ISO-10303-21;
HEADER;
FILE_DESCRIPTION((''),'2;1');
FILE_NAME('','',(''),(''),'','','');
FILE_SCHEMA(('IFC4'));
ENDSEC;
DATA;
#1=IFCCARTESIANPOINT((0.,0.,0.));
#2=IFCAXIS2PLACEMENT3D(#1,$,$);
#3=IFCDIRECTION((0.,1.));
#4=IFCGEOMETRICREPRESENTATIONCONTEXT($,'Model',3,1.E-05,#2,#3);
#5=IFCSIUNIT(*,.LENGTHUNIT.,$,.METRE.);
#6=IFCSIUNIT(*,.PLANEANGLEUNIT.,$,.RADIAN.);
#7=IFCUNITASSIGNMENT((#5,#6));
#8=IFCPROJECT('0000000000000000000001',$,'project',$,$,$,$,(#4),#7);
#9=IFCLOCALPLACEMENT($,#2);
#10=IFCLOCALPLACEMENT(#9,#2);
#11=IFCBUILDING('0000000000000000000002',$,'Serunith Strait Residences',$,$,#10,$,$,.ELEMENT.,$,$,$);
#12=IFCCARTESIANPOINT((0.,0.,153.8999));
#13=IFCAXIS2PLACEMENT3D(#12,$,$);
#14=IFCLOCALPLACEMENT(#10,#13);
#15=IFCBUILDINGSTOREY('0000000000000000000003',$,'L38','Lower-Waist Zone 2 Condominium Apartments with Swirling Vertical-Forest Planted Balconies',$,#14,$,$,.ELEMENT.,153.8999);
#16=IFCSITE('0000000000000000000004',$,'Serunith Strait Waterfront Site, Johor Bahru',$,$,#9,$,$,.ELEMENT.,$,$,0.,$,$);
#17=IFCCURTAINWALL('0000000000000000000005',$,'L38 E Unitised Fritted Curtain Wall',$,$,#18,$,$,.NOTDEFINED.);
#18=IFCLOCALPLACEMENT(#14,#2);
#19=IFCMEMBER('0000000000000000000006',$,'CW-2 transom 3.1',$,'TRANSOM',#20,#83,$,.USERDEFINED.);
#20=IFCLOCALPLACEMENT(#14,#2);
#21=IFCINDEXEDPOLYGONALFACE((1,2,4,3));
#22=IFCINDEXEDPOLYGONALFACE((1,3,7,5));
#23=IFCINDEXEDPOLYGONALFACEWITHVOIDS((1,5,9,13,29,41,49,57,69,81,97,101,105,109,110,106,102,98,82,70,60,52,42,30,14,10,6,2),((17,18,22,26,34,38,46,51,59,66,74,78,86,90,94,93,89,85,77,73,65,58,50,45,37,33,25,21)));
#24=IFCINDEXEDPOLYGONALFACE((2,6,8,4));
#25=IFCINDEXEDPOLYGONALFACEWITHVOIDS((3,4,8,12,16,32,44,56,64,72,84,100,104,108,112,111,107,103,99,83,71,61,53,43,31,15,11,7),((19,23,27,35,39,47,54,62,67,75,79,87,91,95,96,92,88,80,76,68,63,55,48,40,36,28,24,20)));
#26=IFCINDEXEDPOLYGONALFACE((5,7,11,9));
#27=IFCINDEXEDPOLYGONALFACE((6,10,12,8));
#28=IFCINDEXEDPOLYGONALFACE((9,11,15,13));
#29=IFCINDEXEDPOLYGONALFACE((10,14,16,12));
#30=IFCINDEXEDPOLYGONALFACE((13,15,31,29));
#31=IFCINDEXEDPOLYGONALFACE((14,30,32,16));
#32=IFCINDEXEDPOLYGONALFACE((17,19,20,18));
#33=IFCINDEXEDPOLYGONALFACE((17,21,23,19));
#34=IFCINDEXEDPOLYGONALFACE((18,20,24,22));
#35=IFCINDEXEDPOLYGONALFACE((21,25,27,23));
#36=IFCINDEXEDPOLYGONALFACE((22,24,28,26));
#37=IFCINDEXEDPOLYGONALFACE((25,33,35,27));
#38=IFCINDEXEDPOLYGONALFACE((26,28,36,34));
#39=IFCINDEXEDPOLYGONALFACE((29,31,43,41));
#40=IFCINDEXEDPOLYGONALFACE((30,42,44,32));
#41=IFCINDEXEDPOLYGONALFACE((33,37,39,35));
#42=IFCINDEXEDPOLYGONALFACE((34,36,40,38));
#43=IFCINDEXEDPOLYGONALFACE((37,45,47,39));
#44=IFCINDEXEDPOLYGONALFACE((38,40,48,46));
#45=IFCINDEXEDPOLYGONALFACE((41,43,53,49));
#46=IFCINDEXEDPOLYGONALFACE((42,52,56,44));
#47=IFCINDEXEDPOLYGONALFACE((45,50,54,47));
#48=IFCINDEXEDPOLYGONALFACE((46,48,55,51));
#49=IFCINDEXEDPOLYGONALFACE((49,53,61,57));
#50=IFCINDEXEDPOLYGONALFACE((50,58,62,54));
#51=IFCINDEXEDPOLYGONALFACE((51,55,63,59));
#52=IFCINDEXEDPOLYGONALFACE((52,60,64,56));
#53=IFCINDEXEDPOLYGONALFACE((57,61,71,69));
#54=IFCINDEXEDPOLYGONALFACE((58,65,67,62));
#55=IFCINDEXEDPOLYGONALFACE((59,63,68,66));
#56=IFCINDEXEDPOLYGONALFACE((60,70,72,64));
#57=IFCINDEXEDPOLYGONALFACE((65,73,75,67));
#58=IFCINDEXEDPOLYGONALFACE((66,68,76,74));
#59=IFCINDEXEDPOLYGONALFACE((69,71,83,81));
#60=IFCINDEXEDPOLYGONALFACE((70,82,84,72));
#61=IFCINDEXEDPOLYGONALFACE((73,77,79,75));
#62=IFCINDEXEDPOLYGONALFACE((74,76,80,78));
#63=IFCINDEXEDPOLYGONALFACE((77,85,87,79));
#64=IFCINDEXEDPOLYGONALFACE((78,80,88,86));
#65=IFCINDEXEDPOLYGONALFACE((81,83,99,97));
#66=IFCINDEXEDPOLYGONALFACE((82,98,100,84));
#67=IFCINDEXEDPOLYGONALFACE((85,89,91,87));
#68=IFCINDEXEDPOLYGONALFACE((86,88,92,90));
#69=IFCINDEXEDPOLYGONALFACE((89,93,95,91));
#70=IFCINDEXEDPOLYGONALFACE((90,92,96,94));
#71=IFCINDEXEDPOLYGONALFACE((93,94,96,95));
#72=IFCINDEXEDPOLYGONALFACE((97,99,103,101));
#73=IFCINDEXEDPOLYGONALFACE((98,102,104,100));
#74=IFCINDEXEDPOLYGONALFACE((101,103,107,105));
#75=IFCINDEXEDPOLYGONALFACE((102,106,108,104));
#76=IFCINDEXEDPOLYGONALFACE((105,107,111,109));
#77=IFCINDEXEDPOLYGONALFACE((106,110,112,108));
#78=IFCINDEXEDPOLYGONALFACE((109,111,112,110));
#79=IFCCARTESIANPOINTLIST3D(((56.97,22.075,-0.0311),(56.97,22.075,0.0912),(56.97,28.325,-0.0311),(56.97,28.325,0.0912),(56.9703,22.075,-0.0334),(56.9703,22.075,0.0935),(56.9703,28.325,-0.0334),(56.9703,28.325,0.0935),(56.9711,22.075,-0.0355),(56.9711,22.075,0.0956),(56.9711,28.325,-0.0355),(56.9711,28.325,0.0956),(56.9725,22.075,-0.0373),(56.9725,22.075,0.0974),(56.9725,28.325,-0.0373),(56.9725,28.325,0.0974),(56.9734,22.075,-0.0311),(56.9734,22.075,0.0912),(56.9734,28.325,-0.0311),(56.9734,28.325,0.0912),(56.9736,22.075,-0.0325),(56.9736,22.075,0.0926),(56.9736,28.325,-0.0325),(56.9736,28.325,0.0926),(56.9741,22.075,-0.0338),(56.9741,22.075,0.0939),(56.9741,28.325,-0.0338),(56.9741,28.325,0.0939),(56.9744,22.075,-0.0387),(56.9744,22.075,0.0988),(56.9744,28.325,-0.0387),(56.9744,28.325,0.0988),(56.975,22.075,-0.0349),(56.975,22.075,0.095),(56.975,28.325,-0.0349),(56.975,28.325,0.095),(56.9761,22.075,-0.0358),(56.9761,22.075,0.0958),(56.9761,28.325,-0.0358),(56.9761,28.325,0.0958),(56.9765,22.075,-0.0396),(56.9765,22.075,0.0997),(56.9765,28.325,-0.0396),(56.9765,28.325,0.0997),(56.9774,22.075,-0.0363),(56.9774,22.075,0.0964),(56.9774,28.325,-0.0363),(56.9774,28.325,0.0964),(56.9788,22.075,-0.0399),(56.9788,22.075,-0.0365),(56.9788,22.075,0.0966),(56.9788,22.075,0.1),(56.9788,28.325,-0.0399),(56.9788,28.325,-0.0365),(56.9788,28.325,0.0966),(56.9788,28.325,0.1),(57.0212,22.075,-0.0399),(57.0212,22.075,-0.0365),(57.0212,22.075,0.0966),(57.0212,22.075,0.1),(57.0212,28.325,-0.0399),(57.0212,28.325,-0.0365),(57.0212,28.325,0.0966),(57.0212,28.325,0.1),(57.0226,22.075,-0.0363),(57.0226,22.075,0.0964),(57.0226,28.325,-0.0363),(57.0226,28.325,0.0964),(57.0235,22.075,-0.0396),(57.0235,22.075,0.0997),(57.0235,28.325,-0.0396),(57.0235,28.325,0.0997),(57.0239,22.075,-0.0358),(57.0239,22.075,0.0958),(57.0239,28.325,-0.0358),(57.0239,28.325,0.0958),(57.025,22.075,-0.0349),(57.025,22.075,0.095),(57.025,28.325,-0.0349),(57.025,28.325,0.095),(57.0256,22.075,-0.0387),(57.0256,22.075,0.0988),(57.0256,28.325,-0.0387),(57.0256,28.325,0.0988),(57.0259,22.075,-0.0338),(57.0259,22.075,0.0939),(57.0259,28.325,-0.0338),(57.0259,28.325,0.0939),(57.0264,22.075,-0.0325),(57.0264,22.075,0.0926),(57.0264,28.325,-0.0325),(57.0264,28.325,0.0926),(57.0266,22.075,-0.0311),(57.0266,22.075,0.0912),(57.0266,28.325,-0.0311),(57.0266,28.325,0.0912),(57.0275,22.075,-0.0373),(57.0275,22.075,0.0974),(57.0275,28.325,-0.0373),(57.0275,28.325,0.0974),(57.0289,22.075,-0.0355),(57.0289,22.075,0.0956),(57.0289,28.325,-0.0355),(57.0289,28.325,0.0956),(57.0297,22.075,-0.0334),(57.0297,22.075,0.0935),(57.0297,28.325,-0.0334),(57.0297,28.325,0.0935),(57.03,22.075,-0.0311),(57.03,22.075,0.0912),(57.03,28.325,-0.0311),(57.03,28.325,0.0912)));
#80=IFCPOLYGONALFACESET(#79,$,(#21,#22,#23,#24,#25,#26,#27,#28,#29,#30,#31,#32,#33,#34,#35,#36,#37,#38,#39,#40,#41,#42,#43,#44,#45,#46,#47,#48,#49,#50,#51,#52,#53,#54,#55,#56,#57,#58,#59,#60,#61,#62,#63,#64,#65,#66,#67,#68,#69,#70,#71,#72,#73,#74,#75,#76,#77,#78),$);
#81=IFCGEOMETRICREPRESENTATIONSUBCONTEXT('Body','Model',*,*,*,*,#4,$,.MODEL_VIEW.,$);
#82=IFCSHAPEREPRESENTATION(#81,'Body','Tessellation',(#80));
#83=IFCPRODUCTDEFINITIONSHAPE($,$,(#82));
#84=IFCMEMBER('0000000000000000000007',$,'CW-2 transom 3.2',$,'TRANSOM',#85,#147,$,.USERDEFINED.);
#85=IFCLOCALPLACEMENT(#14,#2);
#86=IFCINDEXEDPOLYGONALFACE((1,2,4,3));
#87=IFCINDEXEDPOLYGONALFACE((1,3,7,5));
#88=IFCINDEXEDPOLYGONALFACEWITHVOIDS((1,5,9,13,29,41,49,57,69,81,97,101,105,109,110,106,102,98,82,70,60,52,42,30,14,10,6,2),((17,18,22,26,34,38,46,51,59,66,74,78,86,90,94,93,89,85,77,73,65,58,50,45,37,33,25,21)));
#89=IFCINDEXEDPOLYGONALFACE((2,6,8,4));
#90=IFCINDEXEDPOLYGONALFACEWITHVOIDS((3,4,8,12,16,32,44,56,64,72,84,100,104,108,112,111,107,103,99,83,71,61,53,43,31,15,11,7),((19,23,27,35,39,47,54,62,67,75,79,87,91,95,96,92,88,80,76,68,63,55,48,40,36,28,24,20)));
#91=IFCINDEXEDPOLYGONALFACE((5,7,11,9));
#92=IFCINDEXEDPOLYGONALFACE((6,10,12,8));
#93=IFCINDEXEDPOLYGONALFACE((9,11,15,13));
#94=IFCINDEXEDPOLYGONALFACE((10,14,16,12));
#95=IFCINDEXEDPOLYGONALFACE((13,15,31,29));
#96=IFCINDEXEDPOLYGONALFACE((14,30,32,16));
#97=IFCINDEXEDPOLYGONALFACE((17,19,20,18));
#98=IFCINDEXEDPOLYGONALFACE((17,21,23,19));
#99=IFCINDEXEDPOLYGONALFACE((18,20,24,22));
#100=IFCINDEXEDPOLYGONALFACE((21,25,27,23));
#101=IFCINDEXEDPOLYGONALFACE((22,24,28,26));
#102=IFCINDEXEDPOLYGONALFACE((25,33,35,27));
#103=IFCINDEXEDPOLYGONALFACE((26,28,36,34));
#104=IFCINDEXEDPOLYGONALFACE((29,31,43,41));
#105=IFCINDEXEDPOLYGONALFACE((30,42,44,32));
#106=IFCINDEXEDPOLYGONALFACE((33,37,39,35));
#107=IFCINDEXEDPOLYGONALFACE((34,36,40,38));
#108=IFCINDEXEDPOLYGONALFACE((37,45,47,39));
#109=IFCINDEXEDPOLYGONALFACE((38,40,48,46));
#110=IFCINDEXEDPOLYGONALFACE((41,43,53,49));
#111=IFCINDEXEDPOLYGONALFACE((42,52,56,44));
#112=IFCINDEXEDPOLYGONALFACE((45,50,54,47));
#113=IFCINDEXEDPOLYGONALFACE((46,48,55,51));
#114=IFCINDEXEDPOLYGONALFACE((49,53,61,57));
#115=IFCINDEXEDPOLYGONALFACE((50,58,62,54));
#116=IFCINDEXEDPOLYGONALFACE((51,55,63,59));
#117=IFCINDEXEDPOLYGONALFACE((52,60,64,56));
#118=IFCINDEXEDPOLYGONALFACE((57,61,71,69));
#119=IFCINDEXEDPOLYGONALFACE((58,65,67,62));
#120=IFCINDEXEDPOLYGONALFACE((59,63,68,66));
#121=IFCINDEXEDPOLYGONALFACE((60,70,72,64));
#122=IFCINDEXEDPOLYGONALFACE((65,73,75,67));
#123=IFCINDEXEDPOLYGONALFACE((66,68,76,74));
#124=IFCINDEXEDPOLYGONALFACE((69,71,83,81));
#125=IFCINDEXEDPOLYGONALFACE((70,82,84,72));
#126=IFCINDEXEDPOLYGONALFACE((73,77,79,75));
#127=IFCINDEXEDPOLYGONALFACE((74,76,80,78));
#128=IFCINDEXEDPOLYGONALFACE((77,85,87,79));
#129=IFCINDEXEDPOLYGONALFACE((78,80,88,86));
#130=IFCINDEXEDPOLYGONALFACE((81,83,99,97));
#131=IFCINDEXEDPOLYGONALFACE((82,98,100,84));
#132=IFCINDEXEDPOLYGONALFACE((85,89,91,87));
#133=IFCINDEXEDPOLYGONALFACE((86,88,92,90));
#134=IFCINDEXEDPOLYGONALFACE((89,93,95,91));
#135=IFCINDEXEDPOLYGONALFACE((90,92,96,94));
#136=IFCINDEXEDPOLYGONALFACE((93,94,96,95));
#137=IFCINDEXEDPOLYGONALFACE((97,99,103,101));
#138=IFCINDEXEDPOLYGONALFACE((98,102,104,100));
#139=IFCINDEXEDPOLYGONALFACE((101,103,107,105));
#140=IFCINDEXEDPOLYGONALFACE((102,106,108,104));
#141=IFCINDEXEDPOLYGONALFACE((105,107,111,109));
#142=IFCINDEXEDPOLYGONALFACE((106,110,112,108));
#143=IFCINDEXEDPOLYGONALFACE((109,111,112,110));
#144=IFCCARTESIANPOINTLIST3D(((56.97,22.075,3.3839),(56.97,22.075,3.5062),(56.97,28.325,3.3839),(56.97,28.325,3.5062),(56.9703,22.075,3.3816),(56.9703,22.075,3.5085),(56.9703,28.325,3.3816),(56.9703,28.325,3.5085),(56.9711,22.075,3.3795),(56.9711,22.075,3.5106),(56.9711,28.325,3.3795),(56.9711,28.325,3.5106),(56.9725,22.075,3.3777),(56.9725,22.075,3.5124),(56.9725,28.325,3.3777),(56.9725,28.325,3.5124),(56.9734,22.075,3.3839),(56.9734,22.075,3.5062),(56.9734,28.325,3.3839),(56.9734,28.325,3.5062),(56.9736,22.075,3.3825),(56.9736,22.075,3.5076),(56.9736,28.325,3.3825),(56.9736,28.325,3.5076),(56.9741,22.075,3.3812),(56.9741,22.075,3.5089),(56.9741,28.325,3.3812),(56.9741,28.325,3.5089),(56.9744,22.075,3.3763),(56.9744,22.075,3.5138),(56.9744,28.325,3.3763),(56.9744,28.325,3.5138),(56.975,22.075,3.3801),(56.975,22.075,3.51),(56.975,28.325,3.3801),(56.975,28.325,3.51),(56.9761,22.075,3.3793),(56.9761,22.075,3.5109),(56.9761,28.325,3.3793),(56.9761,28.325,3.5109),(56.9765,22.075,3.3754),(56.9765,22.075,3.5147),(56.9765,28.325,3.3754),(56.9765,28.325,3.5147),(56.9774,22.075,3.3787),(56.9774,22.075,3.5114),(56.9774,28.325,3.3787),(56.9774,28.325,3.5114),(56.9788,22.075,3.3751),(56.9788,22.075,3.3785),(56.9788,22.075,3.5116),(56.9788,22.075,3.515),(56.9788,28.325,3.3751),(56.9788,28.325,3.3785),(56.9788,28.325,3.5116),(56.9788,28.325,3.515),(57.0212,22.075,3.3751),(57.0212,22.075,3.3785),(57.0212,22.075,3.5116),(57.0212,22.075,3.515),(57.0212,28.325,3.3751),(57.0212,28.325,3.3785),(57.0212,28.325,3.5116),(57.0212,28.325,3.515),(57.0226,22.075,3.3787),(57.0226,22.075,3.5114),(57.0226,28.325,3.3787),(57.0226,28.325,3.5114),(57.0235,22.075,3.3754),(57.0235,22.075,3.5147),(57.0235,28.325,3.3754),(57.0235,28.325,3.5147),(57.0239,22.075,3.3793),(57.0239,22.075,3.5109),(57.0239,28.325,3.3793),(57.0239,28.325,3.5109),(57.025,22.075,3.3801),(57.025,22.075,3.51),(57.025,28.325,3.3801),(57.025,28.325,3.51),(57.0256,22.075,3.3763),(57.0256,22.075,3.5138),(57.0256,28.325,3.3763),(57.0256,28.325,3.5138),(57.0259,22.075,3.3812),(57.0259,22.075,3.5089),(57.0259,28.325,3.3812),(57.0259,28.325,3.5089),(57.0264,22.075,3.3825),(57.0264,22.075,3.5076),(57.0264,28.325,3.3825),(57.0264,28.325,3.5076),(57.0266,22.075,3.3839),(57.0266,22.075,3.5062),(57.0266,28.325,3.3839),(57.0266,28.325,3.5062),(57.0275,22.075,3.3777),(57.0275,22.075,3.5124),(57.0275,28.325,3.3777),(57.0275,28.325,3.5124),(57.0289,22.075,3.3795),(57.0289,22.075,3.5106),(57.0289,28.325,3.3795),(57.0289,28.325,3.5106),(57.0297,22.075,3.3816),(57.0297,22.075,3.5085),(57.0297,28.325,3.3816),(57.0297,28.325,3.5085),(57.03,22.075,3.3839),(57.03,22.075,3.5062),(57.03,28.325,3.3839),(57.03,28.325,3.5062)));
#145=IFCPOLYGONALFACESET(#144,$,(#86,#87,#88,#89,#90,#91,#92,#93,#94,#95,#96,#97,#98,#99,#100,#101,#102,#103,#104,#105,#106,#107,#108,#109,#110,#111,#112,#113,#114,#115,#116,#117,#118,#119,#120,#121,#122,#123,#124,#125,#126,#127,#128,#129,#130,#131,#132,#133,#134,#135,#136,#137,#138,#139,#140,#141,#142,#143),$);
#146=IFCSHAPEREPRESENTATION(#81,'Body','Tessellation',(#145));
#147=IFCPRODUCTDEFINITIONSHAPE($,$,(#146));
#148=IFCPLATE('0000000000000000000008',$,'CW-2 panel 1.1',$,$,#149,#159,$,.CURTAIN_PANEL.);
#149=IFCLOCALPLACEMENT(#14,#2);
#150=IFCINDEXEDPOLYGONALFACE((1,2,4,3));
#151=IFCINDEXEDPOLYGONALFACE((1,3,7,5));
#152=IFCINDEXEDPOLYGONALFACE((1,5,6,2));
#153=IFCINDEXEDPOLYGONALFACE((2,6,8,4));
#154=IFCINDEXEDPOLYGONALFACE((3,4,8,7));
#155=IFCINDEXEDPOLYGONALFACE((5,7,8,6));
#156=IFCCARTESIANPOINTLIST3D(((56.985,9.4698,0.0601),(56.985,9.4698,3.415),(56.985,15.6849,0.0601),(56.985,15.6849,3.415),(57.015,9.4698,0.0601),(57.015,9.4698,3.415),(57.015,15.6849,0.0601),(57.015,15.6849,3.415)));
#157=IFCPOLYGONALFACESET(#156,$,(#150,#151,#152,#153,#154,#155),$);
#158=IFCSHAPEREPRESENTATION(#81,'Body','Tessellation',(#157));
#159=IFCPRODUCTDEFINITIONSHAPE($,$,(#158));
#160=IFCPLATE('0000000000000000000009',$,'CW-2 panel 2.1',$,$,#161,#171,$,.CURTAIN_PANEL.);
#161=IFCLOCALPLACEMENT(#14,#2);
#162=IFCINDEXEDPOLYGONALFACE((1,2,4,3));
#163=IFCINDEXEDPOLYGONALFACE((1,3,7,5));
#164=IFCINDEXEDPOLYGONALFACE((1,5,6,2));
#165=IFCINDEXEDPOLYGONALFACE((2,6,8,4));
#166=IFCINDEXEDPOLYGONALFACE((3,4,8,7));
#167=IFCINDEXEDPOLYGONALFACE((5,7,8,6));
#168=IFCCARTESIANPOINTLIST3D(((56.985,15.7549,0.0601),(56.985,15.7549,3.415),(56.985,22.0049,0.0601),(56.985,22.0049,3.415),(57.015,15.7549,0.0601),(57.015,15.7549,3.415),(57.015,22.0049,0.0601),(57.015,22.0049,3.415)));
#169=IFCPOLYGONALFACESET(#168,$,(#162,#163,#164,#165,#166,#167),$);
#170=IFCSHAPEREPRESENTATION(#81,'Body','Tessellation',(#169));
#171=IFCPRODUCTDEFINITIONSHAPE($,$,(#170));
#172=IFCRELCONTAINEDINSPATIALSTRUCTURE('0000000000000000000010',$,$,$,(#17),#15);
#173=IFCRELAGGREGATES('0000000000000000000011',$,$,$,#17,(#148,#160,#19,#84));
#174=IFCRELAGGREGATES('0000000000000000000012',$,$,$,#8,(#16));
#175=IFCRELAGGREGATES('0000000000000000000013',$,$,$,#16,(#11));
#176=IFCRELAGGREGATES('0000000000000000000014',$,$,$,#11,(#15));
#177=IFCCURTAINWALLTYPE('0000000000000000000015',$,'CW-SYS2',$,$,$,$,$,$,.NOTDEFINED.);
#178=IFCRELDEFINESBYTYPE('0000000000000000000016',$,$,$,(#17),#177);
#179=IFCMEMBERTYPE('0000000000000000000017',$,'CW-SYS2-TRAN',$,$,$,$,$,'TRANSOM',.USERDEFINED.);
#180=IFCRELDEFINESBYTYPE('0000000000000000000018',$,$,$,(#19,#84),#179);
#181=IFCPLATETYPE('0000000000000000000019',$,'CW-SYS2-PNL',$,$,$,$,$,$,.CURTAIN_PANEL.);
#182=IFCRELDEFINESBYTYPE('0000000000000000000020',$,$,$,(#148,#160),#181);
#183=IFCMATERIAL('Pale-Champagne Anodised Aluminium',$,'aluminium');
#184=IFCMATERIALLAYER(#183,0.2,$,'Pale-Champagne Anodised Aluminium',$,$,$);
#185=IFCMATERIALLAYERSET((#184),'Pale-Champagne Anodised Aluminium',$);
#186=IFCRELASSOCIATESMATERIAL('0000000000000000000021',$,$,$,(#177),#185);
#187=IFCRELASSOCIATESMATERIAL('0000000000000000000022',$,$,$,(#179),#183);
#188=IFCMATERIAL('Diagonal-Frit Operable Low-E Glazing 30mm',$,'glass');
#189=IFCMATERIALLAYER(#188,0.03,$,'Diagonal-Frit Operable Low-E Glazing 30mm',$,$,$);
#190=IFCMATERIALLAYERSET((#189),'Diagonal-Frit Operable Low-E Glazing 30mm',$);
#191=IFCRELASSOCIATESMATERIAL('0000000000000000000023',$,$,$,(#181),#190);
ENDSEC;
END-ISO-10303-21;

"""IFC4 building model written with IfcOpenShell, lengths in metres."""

from ifc_helpers import new_model, si_unit, direction, frame, origin, origin_2d, place, context, subcontext, project, spatial, rectangle, hollow_rectangle, extrude, source, transform, mapped, material, layer, layer_set, material_profile, profile_set, type_object, element, aggregate, save


model = new_model("IFC4")

# Units and contexts
model_context = context("Model", 3, precision=1e-05, world=origin(), true_north=direction((0.0, 1.0)))
body_context = subcontext(model_context, "Body", "Model", "MODEL_VIEW")
ifc_project = project(units=[si_unit("LENGTHUNIT", "METRE"), si_unit("PLANEANGLEUNIT", "RADIAN")], contexts=[model_context])

# Site, building, storey
site_placement = place(None, origin())
site = spatial("IfcSite", under=ifc_project, at=site_placement, Name="Serunith Strait Waterfront Site, Johor Bahru", CompositionType="ELEMENT", RefElevation=0.0)
building_placement = place(site_placement, origin())
building = spatial("IfcBuilding", under=site, at=building_placement, Name="Serunith Strait Residences", CompositionType="ELEMENT")
storey_placement = place(building_placement, frame((0.0, 0.0, 153.8999)))
storey = spatial("IfcBuildingStorey", under=building, at=storey_placement, Name="L38", Description="Lower-Waist Zone 2 Condominium Apartments with Swirling Vertical-Forest Planted Balconies", CompositionType="ELEMENT", Elevation=153.8999)

# Curtain wall, members, plates
ifc_material_1 = material(Name="Pale-Champagne Anodised Aluminium", Category="aluminium")
ifc_layer_1 = layer(ifc_material_1, 0.2, Name="Pale-Champagne Anodised Aluminium")
ifc_layer_set_1 = layer_set([ifc_layer_1], Name="Pale-Champagne Anodised Aluminium")
curtain_wall_type = type_object("IfcCurtainWallType", Name="CW-SYS2", PredefinedType="NOTDEFINED", material=ifc_layer_set_1)
curtain_wall_placement = place(storey_placement, origin())
curtain_wall = element("IfcCurtainWall", 1, at=curtain_wall_placement, inside=storey, type_object=curtain_wall_type, Name="L38 E Unitised Fritted Curtain Wall", PredefinedType="NOTDEFINED")
ifc_material_profile_1 = material_profile(ifc_material_1, hollow_rectangle(XDim=0.0601, YDim=0.1399, WallThickness=0.0034, InnerFilletRadius=0.0054, OuterFilletRadius=0.0088, at=origin_2d()), Name="ALU 140x60x3.5")
ifc_profile_set_1 = profile_set([ifc_material_profile_1], Name="Pale-Champagne Anodised Aluminium")
member_type_1 = type_object("IfcMemberType", Name="CW-SYS2-TRAN", ElementType="TRANSOM", PredefinedType="USERDEFINED", material=ifc_profile_set_1)
shared_shape_1 = source(origin(), body_context, "Body", "SweptSolid", [
    extrude(hollow_rectangle(XDim=0.0601, YDim=0.1399, WallThickness=0.0034, InnerFilletRadius=0.0054, OuterFilletRadius=0.0088, at=origin_2d()), origin(), (0.0, 0.0, 1.0), 6.25),
])
member_1_placement = place(storey_placement, frame((57.0, 22.075, 0.03), z_axis=(0.0, 1.0, 0.0), x_axis=(-1.0, 0.0, 0.0)))
member_1 = element("IfcMember", 2, at=member_1_placement, type_object=member_type_1, Name="CW-2 transom 3.1", ObjectType="TRANSOM", PredefinedType="USERDEFINED", context=body_context, shape_type="MappedRepresentation", body=[
    mapped(shared_shape_1, transform((0.0, 0.0, 0.0), scale=1.0)),
])
member_2_placement = place(storey_placement, frame((57.0, 22.075, 3.4451), z_axis=(0.0, 1.0, 0.0), x_axis=(-1.0, 0.0, 0.0)))
member_2 = element("IfcMember", 3, at=member_2_placement, type_object=member_type_1, Name="CW-2 transom 3.2", ObjectType="TRANSOM", PredefinedType="USERDEFINED", context=body_context, shape_type="MappedRepresentation", body=[
    mapped(shared_shape_1, transform((0.0, 0.0, 0.0), scale=1.0)),
])
ifc_material_2 = material(Name="Diagonal-Frit Operable Low-E Glazing 30mm", Category="glass")
ifc_layer_2 = layer(ifc_material_2, 0.03, Name="Diagonal-Frit Operable Low-E Glazing 30mm")
ifc_layer_set_2 = layer_set([ifc_layer_2], Name="Diagonal-Frit Operable Low-E Glazing 30mm")
plate_type = type_object("IfcPlateType", Name="CW-SYS2-PNL", PredefinedType="CURTAIN_PANEL", material=ifc_layer_set_2)
shared_shape_2 = source(origin(), body_context, "Body", "SweptSolid", [
    extrude(rectangle(XDim=6.2151, YDim=0.03, at=origin_2d()), origin(), (0.0, 0.0, 1.0), 3.355),
])
plate_1_placement = place(storey_placement, frame((57.0, 12.5774, 0.0601), z_axis=(0.0, 0.0, 1.0), x_axis=(0.0, 1.0, 0.0)))
plate_1 = element("IfcPlate", 4, at=plate_1_placement, type_object=plate_type, Name="CW-2 panel 1.1", PredefinedType="CURTAIN_PANEL", context=body_context, shape_type="MappedRepresentation", body=[
    mapped(shared_shape_2, transform((0.0, 0.0, 0.0), scale=1.0)),
])
shared_shape_3 = source(origin(), body_context, "Body", "SweptSolid", [
    extrude(rectangle(XDim=6.25, YDim=0.03, at=origin_2d()), origin(), (0.0, 0.0, 1.0), 3.355),
])
plate_2_placement = place(storey_placement, frame((57.0, 18.8799, 0.0601), z_axis=(0.0, 0.0, 1.0), x_axis=(0.0, 1.0, 0.0)))
plate_2 = element("IfcPlate", 5, at=plate_2_placement, type_object=plate_type, Name="CW-2 panel 2.1", PredefinedType="CURTAIN_PANEL", context=body_context, shape_type="MappedRepresentation", body=[
    mapped(shared_shape_3, transform((0.0, 0.0, 0.0), scale=1.0)),
])
aggregate(curtain_wall, [plate_1, plate_2, member_1, member_2])

save(model, "model.ifc")
